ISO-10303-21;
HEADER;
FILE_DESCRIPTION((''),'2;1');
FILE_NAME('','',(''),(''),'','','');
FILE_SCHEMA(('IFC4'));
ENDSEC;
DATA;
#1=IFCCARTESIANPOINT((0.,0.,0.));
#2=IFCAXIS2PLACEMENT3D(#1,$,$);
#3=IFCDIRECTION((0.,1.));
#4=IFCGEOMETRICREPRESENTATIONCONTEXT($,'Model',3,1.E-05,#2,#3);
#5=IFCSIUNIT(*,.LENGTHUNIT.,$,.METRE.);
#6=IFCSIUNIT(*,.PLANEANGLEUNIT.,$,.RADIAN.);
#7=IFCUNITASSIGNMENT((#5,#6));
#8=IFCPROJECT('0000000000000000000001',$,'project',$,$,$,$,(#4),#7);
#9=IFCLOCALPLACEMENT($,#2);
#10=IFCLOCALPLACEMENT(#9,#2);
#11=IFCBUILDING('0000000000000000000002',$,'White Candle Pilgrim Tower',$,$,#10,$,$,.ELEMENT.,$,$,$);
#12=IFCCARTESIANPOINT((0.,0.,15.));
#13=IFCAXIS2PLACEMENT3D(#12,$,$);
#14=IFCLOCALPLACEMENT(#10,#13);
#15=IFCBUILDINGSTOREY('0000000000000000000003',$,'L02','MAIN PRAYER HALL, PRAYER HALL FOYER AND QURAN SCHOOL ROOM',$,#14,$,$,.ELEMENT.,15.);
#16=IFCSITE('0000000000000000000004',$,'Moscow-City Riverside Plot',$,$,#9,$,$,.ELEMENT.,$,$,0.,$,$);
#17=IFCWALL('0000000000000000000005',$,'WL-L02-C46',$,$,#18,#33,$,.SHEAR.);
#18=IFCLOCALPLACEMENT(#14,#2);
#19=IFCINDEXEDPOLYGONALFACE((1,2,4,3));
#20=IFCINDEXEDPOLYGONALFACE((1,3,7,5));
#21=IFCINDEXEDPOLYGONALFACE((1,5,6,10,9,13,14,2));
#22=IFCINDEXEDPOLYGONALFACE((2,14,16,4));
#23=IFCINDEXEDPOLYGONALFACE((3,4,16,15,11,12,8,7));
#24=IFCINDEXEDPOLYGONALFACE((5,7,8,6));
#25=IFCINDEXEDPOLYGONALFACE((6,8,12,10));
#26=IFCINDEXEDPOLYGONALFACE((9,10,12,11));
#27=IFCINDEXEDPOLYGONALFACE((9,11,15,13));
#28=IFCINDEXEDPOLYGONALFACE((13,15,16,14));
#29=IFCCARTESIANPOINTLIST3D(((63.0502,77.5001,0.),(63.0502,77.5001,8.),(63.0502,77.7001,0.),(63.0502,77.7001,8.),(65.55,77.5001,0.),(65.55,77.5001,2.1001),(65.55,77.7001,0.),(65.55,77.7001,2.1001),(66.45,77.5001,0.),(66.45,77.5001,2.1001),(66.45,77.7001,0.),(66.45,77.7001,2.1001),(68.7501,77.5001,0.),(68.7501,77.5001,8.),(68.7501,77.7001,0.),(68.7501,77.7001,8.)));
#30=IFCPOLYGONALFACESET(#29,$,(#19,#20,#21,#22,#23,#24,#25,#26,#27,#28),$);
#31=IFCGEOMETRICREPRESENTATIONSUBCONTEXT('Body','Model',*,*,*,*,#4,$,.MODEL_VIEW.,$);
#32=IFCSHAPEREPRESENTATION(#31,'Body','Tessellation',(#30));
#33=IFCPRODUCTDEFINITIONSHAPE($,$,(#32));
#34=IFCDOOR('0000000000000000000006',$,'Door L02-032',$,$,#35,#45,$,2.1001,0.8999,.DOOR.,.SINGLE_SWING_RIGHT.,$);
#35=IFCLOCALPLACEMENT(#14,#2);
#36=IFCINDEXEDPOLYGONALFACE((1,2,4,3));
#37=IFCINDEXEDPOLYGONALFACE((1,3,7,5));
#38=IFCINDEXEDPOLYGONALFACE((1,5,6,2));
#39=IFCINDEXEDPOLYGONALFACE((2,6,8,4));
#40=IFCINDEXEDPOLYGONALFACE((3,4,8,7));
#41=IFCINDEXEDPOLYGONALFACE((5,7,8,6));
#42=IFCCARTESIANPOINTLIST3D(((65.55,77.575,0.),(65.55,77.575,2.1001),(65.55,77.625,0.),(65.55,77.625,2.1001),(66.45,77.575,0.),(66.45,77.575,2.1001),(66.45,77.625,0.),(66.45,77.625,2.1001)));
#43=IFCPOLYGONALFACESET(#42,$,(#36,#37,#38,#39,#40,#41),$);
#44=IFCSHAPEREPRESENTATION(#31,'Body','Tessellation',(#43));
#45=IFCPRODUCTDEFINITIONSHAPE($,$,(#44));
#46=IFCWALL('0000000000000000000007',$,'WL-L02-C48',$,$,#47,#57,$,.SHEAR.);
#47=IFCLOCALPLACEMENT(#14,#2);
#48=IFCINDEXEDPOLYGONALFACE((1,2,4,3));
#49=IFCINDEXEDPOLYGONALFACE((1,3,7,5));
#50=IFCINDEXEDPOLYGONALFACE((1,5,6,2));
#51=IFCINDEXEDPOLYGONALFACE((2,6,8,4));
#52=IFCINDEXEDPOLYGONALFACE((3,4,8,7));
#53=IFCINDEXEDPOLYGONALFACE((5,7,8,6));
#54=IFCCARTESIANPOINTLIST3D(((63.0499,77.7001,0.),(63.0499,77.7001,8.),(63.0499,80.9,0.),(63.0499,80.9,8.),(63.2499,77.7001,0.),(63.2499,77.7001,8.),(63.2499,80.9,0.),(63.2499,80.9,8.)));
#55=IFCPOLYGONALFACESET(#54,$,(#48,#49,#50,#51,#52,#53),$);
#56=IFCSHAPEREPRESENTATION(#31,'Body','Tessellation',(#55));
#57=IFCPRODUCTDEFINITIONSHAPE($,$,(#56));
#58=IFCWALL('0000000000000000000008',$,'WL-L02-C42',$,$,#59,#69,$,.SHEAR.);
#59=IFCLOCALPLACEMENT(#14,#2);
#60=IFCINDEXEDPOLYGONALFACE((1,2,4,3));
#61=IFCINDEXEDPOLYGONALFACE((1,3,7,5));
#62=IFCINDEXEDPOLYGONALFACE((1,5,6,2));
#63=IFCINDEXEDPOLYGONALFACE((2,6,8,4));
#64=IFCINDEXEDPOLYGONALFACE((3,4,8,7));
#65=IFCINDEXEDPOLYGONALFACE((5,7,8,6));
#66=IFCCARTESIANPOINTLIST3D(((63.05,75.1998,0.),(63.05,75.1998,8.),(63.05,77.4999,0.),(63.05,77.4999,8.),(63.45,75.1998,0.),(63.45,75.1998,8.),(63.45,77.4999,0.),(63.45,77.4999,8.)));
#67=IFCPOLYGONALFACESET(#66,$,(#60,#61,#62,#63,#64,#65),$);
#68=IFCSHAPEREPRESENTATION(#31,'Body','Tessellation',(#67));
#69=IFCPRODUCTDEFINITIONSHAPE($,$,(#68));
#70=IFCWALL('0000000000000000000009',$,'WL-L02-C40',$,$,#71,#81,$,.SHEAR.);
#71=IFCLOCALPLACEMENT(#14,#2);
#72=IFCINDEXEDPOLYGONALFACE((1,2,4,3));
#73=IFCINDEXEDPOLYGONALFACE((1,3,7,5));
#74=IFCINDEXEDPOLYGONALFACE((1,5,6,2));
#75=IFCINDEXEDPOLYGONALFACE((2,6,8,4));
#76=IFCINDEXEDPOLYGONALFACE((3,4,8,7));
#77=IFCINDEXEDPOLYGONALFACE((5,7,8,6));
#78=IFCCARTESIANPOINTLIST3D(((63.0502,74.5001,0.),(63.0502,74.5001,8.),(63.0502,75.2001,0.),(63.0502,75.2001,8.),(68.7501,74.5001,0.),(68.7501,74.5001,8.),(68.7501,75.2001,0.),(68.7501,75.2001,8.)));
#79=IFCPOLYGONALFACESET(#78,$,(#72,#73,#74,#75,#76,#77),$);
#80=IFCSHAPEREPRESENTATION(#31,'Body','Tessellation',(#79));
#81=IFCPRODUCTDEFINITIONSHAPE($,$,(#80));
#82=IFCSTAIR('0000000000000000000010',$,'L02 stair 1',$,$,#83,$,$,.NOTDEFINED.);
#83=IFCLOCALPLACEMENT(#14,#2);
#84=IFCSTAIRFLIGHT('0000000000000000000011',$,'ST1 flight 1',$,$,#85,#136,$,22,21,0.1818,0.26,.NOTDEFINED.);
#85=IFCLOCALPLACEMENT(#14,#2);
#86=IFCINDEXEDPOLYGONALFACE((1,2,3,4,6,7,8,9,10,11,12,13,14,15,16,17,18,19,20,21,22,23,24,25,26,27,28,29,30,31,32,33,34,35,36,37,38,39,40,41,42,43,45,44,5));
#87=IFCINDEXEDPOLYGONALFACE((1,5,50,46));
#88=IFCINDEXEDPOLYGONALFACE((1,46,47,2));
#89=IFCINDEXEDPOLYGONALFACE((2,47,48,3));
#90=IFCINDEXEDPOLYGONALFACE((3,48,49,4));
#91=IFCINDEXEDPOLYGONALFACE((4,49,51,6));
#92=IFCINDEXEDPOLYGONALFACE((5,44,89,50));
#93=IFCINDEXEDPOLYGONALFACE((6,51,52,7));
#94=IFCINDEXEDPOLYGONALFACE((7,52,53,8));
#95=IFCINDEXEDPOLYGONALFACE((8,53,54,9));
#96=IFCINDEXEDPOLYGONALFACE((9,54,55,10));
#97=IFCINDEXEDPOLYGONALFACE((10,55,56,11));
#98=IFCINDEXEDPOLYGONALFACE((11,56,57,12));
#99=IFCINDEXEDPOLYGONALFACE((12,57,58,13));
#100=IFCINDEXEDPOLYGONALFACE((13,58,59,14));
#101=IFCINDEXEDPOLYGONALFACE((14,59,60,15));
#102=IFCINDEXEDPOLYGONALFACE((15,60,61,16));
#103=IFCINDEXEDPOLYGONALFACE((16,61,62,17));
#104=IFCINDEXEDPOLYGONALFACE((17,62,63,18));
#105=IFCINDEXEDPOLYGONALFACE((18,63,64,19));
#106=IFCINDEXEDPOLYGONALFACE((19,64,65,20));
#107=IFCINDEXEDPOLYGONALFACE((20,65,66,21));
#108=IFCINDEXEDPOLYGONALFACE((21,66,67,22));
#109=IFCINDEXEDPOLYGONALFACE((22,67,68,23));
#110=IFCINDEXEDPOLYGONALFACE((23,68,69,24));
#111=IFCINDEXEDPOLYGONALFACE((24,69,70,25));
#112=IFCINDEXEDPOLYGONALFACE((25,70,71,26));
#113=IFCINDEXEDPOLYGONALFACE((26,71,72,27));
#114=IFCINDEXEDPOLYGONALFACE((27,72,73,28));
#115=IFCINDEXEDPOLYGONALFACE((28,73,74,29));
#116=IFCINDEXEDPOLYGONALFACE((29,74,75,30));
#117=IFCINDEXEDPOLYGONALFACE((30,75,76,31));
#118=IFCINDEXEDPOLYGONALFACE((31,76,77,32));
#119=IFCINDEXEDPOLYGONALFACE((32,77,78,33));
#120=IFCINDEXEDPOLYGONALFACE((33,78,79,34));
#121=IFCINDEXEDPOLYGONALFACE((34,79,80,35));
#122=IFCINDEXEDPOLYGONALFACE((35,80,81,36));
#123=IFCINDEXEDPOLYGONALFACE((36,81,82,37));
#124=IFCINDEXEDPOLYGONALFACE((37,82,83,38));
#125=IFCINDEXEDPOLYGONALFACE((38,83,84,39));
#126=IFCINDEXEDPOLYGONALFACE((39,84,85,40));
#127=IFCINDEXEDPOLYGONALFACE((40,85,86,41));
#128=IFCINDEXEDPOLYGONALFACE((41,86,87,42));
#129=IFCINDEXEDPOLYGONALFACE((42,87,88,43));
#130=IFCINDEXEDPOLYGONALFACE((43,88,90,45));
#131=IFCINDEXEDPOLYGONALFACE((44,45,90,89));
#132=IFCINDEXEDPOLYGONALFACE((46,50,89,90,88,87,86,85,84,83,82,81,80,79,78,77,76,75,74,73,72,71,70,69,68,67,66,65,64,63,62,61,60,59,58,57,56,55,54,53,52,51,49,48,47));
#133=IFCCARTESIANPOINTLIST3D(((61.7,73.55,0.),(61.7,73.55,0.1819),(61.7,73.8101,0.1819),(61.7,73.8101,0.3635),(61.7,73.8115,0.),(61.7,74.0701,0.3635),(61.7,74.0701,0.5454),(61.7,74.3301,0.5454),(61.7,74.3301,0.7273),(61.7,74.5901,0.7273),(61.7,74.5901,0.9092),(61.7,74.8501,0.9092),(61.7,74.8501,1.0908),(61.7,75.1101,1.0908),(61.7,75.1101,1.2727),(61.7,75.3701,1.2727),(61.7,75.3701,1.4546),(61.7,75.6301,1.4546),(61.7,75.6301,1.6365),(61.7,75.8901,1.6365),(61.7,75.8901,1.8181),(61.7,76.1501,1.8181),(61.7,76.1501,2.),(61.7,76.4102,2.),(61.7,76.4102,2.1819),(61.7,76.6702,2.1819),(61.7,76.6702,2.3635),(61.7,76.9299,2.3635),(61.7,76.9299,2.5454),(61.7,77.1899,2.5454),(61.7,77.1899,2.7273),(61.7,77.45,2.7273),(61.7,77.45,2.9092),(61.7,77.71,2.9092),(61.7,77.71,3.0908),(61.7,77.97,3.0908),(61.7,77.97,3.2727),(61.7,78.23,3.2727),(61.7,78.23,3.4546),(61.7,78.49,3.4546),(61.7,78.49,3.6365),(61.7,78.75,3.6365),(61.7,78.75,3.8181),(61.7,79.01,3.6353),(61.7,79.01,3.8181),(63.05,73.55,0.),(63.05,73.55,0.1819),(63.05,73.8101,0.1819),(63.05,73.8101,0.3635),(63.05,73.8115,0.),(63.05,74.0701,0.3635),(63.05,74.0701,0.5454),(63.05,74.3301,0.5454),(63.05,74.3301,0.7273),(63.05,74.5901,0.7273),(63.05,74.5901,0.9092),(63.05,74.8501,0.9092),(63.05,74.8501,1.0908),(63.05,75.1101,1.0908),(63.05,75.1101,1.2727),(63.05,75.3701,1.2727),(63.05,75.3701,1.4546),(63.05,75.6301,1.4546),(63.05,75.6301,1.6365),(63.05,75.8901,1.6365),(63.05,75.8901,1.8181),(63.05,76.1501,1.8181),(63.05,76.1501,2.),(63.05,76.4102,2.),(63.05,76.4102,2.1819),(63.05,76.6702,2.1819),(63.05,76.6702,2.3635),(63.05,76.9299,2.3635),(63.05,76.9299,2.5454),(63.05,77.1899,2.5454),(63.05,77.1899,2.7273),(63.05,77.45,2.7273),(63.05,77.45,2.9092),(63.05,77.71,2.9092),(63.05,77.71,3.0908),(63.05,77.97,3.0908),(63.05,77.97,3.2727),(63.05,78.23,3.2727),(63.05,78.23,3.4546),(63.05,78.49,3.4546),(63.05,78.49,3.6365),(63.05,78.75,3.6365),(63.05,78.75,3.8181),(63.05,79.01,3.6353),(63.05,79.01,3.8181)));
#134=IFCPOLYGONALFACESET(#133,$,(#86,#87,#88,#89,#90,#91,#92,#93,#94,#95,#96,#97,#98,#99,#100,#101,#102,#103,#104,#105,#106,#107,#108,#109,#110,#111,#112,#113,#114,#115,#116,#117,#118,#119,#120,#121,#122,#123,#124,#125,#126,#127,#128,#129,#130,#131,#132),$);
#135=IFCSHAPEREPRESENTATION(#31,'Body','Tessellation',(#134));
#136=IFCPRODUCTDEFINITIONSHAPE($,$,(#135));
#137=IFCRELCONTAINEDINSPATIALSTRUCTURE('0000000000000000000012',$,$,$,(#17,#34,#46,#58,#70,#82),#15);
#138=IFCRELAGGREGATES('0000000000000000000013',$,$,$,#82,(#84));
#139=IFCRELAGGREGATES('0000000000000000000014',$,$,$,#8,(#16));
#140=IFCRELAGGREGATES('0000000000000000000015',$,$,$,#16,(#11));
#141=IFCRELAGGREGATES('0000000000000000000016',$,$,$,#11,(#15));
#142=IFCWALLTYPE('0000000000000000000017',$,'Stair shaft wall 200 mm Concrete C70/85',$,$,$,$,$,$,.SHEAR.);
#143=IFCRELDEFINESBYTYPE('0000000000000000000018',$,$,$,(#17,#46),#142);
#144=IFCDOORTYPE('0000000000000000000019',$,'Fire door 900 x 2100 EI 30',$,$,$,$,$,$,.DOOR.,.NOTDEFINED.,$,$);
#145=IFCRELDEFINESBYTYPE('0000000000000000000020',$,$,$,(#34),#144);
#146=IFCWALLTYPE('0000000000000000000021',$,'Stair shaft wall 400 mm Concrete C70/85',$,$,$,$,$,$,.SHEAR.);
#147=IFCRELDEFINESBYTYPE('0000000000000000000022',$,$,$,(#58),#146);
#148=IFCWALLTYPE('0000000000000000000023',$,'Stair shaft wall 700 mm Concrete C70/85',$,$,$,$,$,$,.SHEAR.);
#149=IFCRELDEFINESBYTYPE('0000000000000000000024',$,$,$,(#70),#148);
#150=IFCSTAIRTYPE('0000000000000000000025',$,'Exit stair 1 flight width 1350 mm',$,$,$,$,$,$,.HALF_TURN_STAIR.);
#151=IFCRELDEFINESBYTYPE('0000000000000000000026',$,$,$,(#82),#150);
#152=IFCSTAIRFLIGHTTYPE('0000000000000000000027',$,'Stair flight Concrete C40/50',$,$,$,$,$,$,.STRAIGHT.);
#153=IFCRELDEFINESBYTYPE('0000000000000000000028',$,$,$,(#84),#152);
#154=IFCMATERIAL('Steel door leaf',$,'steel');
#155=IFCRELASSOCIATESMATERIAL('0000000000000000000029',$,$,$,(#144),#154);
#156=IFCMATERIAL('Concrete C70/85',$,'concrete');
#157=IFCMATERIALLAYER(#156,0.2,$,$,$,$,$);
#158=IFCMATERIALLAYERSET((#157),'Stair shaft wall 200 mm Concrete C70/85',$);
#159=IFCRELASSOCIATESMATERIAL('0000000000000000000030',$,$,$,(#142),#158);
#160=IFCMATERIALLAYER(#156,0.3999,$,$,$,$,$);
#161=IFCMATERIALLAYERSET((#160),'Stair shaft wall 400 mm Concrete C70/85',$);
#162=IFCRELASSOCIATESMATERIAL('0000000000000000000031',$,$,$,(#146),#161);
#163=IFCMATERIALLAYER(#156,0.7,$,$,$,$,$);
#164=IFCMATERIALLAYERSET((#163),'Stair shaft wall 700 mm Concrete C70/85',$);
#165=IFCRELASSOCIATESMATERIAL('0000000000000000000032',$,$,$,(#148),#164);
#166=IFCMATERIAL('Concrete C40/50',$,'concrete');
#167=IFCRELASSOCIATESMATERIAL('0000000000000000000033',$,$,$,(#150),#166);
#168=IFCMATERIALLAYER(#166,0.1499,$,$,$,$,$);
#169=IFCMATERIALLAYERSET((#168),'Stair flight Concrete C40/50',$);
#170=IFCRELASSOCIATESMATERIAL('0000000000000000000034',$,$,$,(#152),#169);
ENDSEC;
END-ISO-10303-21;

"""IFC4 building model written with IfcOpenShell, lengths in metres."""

from ifc_helpers import new_model, si_unit, direction, frame, frame_2d, origin, place, context, subcontext, project, spatial, polyline, rectangle, outline, extrude, material, layer, layer_set, type_object, element, fill, aggregate, save


model = new_model("IFC4")

# Units and contexts
model_context = context("Model", 3, precision=1e-05, world=origin(), true_north=direction((0.0, 1.0)))
body_context = subcontext(model_context, "Body", "Model", "MODEL_VIEW")
ifc_project = project(units=[si_unit("LENGTHUNIT", "METRE"), si_unit("PLANEANGLEUNIT", "RADIAN")], contexts=[model_context])

# Site, building, storey
site_placement = place(None, origin())
site = spatial("IfcSite", under=ifc_project, at=site_placement, Name="Moscow-City Riverside Plot", CompositionType="ELEMENT", RefElevation=0.0)
building_placement = place(site_placement, origin())
building = spatial("IfcBuilding", under=site, at=building_placement, Name="White Candle Pilgrim Tower", CompositionType="ELEMENT")
storey_placement = place(building_placement, frame((0.0, 0.0, 15.0)))
storey = spatial("IfcBuildingStorey", under=building, at=storey_placement, Name="L02", Description="MAIN PRAYER HALL, PRAYER HALL FOYER AND QURAN SCHOOL ROOM", CompositionType="ELEMENT", Elevation=15.0)

# Shared definitions
ifc_material_1 = material(Name="Steel door leaf", Category="steel")
door_type = type_object("IfcDoorType", Name="Fire door 900 x 2100 EI 30", OperationType="NOTDEFINED", PredefinedType="DOOR", material=ifc_material_1)

# Shared definitions
ifc_material_2 = material(Name="Concrete C70/85", Category="concrete")
ifc_layer_1 = layer(ifc_material_2, 0.2)
ifc_layer_set_1 = layer_set([ifc_layer_1], Name="Stair shaft wall 200 mm Concrete C70/85")
wall_type_1 = type_object("IfcWallType", Name="Stair shaft wall 200 mm Concrete C70/85", PredefinedType="SHEAR", material=ifc_layer_set_1)

# Wall, opening, door
wall_1_placement = place(storey_placement, frame((63.05, 77.6001, 0.0), z_axis=(0.0, 0.0, 1.0), x_axis=(1.0, 0.0, 0.0)))
wall_1 = element("IfcWall", 1, at=wall_1_placement, inside=storey, type_object=wall_type_1, Name="WL-L02-C46", PredefinedType="SHEAR", context=body_context, shape_type="SweptSolid", body=[
    extrude(rectangle(XDim=5.7, YDim=0.2, at=frame_2d((2.8501, 0.0))), origin(), (0.0, 0.0, 1.0), 8.0),
])
opening_1_placement = place(wall_1_placement, frame((2.5, 0.0, 0.0)))
opening_1 = element("IfcOpeningElement", 2, at=opening_1_placement, cuts=wall_1, PredefinedType="OPENING", context=body_context, shape_type="SweptSolid", body=[
    extrude(rectangle(XDim=0.8999, YDim=2.1001, at=frame_2d((0.45, 1.05))), frame((0.0, 0.1099, 0.0), z_axis=(0.0, -1.0, 0.0), x_axis=(1.0, 0.0, 0.0)), (0.0, 0.0, 1.0), 0.22),
])
door_1_placement = place(opening_1_placement, origin())
door_1 = element("IfcDoor", 3, at=door_1_placement, inside=storey, type_object=door_type, Name="Door L02-032", OperationType="SINGLE_SWING_RIGHT", OverallHeight=2.1001, OverallWidth=0.8999, PredefinedType="DOOR", context=body_context, shape_type="SweptSolid", body=[
    extrude(rectangle(XDim=0.8999, YDim=2.1001, at=frame_2d((0.45, 1.05))), frame((0.0, 0.0249, 0.0), z_axis=(0.0, -1.0, 0.0), x_axis=(1.0, 0.0, 0.0)), (0.0, 0.0, 1.0), 0.05),
])
fill(opening_1, door_1)

# Walls
wall_2_placement = place(storey_placement, frame((63.1499, 77.7, 0.0), z_axis=(0.0, 0.0, 1.0), x_axis=(0.0, 1.0, 0.0)))
element("IfcWall", 4, at=wall_2_placement, inside=storey, type_object=wall_type_1, Name="WL-L02-C48", PredefinedType="SHEAR", context=body_context, shape_type="SweptSolid", body=[
    extrude(rectangle(XDim=3.2, YDim=0.2, at=frame_2d((1.6001, 0.0))), origin(), (0.0, 0.0, 1.0), 8.0),
])
ifc_layer_2 = layer(ifc_material_2, 0.3999)
ifc_layer_set_2 = layer_set([ifc_layer_2], Name="Stair shaft wall 400 mm Concrete C70/85")
wall_type_2 = type_object("IfcWallType", Name="Stair shaft wall 400 mm Concrete C70/85", PredefinedType="SHEAR", material=ifc_layer_set_2)
wall_3_placement = place(storey_placement, frame((63.25, 75.2, 0.0), z_axis=(0.0, 0.0, 1.0), x_axis=(0.0, 1.0, 0.0)))
element("IfcWall", 5, at=wall_3_placement, inside=storey, type_object=wall_type_2, Name="WL-L02-C42", PredefinedType="SHEAR", context=body_context, shape_type="SweptSolid", body=[
    extrude(rectangle(XDim=2.3, YDim=0.3999, at=frame_2d((1.1499, 0.0))), origin(), (0.0, 0.0, 1.0), 8.0),
])
ifc_layer_3 = layer(ifc_material_2, 0.7)
ifc_layer_set_3 = layer_set([ifc_layer_3], Name="Stair shaft wall 700 mm Concrete C70/85")
wall_type_3 = type_object("IfcWallType", Name="Stair shaft wall 700 mm Concrete C70/85", PredefinedType="SHEAR", material=ifc_layer_set_3)
wall_4_placement = place(storey_placement, frame((63.05, 74.8501, 0.0), z_axis=(0.0, 0.0, 1.0), x_axis=(1.0, 0.0, 0.0)))
element("IfcWall", 6, at=wall_4_placement, inside=storey, type_object=wall_type_3, Name="WL-L02-C40", PredefinedType="SHEAR", context=body_context, shape_type="SweptSolid", body=[
    extrude(rectangle(XDim=5.7, YDim=0.7, at=frame_2d((2.8501, 0.0))), origin(), (0.0, 0.0, 1.0), 8.0),
])

# Stair, stair flight
ifc_material_3 = material(Name="Concrete C40/50", Category="concrete")
stair_type = type_object("IfcStairType", Name="Exit stair 1 flight width 1350 mm", PredefinedType="HALF_TURN_STAIR", material=ifc_material_3)
stair_placement = place(storey_placement, origin())
stair = element("IfcStair", 7, at=stair_placement, inside=storey, type_object=stair_type, Name="L02 stair 1", PredefinedType="NOTDEFINED")
ifc_layer_4 = layer(ifc_material_3, 0.1499)
ifc_layer_set_4 = layer_set([ifc_layer_4], Name="Stair flight Concrete C40/50")
stair_flight_type = type_object("IfcStairFlightType", Name="Stair flight Concrete C40/50", PredefinedType="STRAIGHT", material=ifc_layer_set_4)
stair_flight_1_placement = place(storey_placement, frame((62.375, 73.55, 0.0), z_axis=(0.0, 0.0, 1.0), x_axis=(0.0, 1.0, 0.0)))
stair_flight_1 = element("IfcStairFlight", 8, at=stair_flight_1_placement, type_object=stair_flight_type, Name="ST1 flight 1", NumberOfRisers=22, NumberOfTreads=21, PredefinedType="NOTDEFINED", RiserHeight=0.1818, TreadLength=0.26, context=body_context, shape_type="SweptSolid", body=[
    extrude(outline(polyline([(0.0, 0.0), (0.0, 0.1819), (0.26, 0.1819), (0.26, 0.3635), (0.52, 0.3635), (0.52, 0.5454), (0.78, 0.5454), (0.78, 0.7273), (1.04, 0.7273), (1.04, 0.9092), (1.3, 0.9092), (1.3, 1.0908), (1.5601, 1.0908), (1.5601, 1.2727), (1.8201, 1.2727), (1.8201, 1.4546), (2.0801, 1.4546), (2.0801, 1.6365), (2.3401, 1.6365), (2.3401, 1.8181), (2.6001, 1.8181), (2.6001, 2.0), (2.8601, 2.0), (2.8601, 2.1819), (3.1201, 2.1819), (3.1201, 2.3635), (3.3799, 2.3635), (3.3799, 2.5454), (3.6399, 2.5454), (3.6399, 2.7273), (3.8999, 2.7273), (3.8999, 2.9092), (4.1599, 2.9092), (4.1599, 3.0908), (4.4199, 3.0908), (4.4199, 3.2727), (4.6799, 3.2727), (4.6799, 3.4546), (4.9399, 3.4546), (4.9399, 3.6365), (5.2, 3.6365), (5.2, 3.8181), (5.46, 3.8181), (5.46, 4.0), (5.46, 3.6353), (0.2615, 0.0), (0.0, 0.0)])), frame((0.0, 0.675, 0.0), z_axis=(0.0, -1.0, 0.0), x_axis=(1.0, 0.0, 0.0)), (0.0, 0.0, 1.0), 1.3501),
])
aggregate(stair, [stair_flight_1])

save(model, "model.ifc")
